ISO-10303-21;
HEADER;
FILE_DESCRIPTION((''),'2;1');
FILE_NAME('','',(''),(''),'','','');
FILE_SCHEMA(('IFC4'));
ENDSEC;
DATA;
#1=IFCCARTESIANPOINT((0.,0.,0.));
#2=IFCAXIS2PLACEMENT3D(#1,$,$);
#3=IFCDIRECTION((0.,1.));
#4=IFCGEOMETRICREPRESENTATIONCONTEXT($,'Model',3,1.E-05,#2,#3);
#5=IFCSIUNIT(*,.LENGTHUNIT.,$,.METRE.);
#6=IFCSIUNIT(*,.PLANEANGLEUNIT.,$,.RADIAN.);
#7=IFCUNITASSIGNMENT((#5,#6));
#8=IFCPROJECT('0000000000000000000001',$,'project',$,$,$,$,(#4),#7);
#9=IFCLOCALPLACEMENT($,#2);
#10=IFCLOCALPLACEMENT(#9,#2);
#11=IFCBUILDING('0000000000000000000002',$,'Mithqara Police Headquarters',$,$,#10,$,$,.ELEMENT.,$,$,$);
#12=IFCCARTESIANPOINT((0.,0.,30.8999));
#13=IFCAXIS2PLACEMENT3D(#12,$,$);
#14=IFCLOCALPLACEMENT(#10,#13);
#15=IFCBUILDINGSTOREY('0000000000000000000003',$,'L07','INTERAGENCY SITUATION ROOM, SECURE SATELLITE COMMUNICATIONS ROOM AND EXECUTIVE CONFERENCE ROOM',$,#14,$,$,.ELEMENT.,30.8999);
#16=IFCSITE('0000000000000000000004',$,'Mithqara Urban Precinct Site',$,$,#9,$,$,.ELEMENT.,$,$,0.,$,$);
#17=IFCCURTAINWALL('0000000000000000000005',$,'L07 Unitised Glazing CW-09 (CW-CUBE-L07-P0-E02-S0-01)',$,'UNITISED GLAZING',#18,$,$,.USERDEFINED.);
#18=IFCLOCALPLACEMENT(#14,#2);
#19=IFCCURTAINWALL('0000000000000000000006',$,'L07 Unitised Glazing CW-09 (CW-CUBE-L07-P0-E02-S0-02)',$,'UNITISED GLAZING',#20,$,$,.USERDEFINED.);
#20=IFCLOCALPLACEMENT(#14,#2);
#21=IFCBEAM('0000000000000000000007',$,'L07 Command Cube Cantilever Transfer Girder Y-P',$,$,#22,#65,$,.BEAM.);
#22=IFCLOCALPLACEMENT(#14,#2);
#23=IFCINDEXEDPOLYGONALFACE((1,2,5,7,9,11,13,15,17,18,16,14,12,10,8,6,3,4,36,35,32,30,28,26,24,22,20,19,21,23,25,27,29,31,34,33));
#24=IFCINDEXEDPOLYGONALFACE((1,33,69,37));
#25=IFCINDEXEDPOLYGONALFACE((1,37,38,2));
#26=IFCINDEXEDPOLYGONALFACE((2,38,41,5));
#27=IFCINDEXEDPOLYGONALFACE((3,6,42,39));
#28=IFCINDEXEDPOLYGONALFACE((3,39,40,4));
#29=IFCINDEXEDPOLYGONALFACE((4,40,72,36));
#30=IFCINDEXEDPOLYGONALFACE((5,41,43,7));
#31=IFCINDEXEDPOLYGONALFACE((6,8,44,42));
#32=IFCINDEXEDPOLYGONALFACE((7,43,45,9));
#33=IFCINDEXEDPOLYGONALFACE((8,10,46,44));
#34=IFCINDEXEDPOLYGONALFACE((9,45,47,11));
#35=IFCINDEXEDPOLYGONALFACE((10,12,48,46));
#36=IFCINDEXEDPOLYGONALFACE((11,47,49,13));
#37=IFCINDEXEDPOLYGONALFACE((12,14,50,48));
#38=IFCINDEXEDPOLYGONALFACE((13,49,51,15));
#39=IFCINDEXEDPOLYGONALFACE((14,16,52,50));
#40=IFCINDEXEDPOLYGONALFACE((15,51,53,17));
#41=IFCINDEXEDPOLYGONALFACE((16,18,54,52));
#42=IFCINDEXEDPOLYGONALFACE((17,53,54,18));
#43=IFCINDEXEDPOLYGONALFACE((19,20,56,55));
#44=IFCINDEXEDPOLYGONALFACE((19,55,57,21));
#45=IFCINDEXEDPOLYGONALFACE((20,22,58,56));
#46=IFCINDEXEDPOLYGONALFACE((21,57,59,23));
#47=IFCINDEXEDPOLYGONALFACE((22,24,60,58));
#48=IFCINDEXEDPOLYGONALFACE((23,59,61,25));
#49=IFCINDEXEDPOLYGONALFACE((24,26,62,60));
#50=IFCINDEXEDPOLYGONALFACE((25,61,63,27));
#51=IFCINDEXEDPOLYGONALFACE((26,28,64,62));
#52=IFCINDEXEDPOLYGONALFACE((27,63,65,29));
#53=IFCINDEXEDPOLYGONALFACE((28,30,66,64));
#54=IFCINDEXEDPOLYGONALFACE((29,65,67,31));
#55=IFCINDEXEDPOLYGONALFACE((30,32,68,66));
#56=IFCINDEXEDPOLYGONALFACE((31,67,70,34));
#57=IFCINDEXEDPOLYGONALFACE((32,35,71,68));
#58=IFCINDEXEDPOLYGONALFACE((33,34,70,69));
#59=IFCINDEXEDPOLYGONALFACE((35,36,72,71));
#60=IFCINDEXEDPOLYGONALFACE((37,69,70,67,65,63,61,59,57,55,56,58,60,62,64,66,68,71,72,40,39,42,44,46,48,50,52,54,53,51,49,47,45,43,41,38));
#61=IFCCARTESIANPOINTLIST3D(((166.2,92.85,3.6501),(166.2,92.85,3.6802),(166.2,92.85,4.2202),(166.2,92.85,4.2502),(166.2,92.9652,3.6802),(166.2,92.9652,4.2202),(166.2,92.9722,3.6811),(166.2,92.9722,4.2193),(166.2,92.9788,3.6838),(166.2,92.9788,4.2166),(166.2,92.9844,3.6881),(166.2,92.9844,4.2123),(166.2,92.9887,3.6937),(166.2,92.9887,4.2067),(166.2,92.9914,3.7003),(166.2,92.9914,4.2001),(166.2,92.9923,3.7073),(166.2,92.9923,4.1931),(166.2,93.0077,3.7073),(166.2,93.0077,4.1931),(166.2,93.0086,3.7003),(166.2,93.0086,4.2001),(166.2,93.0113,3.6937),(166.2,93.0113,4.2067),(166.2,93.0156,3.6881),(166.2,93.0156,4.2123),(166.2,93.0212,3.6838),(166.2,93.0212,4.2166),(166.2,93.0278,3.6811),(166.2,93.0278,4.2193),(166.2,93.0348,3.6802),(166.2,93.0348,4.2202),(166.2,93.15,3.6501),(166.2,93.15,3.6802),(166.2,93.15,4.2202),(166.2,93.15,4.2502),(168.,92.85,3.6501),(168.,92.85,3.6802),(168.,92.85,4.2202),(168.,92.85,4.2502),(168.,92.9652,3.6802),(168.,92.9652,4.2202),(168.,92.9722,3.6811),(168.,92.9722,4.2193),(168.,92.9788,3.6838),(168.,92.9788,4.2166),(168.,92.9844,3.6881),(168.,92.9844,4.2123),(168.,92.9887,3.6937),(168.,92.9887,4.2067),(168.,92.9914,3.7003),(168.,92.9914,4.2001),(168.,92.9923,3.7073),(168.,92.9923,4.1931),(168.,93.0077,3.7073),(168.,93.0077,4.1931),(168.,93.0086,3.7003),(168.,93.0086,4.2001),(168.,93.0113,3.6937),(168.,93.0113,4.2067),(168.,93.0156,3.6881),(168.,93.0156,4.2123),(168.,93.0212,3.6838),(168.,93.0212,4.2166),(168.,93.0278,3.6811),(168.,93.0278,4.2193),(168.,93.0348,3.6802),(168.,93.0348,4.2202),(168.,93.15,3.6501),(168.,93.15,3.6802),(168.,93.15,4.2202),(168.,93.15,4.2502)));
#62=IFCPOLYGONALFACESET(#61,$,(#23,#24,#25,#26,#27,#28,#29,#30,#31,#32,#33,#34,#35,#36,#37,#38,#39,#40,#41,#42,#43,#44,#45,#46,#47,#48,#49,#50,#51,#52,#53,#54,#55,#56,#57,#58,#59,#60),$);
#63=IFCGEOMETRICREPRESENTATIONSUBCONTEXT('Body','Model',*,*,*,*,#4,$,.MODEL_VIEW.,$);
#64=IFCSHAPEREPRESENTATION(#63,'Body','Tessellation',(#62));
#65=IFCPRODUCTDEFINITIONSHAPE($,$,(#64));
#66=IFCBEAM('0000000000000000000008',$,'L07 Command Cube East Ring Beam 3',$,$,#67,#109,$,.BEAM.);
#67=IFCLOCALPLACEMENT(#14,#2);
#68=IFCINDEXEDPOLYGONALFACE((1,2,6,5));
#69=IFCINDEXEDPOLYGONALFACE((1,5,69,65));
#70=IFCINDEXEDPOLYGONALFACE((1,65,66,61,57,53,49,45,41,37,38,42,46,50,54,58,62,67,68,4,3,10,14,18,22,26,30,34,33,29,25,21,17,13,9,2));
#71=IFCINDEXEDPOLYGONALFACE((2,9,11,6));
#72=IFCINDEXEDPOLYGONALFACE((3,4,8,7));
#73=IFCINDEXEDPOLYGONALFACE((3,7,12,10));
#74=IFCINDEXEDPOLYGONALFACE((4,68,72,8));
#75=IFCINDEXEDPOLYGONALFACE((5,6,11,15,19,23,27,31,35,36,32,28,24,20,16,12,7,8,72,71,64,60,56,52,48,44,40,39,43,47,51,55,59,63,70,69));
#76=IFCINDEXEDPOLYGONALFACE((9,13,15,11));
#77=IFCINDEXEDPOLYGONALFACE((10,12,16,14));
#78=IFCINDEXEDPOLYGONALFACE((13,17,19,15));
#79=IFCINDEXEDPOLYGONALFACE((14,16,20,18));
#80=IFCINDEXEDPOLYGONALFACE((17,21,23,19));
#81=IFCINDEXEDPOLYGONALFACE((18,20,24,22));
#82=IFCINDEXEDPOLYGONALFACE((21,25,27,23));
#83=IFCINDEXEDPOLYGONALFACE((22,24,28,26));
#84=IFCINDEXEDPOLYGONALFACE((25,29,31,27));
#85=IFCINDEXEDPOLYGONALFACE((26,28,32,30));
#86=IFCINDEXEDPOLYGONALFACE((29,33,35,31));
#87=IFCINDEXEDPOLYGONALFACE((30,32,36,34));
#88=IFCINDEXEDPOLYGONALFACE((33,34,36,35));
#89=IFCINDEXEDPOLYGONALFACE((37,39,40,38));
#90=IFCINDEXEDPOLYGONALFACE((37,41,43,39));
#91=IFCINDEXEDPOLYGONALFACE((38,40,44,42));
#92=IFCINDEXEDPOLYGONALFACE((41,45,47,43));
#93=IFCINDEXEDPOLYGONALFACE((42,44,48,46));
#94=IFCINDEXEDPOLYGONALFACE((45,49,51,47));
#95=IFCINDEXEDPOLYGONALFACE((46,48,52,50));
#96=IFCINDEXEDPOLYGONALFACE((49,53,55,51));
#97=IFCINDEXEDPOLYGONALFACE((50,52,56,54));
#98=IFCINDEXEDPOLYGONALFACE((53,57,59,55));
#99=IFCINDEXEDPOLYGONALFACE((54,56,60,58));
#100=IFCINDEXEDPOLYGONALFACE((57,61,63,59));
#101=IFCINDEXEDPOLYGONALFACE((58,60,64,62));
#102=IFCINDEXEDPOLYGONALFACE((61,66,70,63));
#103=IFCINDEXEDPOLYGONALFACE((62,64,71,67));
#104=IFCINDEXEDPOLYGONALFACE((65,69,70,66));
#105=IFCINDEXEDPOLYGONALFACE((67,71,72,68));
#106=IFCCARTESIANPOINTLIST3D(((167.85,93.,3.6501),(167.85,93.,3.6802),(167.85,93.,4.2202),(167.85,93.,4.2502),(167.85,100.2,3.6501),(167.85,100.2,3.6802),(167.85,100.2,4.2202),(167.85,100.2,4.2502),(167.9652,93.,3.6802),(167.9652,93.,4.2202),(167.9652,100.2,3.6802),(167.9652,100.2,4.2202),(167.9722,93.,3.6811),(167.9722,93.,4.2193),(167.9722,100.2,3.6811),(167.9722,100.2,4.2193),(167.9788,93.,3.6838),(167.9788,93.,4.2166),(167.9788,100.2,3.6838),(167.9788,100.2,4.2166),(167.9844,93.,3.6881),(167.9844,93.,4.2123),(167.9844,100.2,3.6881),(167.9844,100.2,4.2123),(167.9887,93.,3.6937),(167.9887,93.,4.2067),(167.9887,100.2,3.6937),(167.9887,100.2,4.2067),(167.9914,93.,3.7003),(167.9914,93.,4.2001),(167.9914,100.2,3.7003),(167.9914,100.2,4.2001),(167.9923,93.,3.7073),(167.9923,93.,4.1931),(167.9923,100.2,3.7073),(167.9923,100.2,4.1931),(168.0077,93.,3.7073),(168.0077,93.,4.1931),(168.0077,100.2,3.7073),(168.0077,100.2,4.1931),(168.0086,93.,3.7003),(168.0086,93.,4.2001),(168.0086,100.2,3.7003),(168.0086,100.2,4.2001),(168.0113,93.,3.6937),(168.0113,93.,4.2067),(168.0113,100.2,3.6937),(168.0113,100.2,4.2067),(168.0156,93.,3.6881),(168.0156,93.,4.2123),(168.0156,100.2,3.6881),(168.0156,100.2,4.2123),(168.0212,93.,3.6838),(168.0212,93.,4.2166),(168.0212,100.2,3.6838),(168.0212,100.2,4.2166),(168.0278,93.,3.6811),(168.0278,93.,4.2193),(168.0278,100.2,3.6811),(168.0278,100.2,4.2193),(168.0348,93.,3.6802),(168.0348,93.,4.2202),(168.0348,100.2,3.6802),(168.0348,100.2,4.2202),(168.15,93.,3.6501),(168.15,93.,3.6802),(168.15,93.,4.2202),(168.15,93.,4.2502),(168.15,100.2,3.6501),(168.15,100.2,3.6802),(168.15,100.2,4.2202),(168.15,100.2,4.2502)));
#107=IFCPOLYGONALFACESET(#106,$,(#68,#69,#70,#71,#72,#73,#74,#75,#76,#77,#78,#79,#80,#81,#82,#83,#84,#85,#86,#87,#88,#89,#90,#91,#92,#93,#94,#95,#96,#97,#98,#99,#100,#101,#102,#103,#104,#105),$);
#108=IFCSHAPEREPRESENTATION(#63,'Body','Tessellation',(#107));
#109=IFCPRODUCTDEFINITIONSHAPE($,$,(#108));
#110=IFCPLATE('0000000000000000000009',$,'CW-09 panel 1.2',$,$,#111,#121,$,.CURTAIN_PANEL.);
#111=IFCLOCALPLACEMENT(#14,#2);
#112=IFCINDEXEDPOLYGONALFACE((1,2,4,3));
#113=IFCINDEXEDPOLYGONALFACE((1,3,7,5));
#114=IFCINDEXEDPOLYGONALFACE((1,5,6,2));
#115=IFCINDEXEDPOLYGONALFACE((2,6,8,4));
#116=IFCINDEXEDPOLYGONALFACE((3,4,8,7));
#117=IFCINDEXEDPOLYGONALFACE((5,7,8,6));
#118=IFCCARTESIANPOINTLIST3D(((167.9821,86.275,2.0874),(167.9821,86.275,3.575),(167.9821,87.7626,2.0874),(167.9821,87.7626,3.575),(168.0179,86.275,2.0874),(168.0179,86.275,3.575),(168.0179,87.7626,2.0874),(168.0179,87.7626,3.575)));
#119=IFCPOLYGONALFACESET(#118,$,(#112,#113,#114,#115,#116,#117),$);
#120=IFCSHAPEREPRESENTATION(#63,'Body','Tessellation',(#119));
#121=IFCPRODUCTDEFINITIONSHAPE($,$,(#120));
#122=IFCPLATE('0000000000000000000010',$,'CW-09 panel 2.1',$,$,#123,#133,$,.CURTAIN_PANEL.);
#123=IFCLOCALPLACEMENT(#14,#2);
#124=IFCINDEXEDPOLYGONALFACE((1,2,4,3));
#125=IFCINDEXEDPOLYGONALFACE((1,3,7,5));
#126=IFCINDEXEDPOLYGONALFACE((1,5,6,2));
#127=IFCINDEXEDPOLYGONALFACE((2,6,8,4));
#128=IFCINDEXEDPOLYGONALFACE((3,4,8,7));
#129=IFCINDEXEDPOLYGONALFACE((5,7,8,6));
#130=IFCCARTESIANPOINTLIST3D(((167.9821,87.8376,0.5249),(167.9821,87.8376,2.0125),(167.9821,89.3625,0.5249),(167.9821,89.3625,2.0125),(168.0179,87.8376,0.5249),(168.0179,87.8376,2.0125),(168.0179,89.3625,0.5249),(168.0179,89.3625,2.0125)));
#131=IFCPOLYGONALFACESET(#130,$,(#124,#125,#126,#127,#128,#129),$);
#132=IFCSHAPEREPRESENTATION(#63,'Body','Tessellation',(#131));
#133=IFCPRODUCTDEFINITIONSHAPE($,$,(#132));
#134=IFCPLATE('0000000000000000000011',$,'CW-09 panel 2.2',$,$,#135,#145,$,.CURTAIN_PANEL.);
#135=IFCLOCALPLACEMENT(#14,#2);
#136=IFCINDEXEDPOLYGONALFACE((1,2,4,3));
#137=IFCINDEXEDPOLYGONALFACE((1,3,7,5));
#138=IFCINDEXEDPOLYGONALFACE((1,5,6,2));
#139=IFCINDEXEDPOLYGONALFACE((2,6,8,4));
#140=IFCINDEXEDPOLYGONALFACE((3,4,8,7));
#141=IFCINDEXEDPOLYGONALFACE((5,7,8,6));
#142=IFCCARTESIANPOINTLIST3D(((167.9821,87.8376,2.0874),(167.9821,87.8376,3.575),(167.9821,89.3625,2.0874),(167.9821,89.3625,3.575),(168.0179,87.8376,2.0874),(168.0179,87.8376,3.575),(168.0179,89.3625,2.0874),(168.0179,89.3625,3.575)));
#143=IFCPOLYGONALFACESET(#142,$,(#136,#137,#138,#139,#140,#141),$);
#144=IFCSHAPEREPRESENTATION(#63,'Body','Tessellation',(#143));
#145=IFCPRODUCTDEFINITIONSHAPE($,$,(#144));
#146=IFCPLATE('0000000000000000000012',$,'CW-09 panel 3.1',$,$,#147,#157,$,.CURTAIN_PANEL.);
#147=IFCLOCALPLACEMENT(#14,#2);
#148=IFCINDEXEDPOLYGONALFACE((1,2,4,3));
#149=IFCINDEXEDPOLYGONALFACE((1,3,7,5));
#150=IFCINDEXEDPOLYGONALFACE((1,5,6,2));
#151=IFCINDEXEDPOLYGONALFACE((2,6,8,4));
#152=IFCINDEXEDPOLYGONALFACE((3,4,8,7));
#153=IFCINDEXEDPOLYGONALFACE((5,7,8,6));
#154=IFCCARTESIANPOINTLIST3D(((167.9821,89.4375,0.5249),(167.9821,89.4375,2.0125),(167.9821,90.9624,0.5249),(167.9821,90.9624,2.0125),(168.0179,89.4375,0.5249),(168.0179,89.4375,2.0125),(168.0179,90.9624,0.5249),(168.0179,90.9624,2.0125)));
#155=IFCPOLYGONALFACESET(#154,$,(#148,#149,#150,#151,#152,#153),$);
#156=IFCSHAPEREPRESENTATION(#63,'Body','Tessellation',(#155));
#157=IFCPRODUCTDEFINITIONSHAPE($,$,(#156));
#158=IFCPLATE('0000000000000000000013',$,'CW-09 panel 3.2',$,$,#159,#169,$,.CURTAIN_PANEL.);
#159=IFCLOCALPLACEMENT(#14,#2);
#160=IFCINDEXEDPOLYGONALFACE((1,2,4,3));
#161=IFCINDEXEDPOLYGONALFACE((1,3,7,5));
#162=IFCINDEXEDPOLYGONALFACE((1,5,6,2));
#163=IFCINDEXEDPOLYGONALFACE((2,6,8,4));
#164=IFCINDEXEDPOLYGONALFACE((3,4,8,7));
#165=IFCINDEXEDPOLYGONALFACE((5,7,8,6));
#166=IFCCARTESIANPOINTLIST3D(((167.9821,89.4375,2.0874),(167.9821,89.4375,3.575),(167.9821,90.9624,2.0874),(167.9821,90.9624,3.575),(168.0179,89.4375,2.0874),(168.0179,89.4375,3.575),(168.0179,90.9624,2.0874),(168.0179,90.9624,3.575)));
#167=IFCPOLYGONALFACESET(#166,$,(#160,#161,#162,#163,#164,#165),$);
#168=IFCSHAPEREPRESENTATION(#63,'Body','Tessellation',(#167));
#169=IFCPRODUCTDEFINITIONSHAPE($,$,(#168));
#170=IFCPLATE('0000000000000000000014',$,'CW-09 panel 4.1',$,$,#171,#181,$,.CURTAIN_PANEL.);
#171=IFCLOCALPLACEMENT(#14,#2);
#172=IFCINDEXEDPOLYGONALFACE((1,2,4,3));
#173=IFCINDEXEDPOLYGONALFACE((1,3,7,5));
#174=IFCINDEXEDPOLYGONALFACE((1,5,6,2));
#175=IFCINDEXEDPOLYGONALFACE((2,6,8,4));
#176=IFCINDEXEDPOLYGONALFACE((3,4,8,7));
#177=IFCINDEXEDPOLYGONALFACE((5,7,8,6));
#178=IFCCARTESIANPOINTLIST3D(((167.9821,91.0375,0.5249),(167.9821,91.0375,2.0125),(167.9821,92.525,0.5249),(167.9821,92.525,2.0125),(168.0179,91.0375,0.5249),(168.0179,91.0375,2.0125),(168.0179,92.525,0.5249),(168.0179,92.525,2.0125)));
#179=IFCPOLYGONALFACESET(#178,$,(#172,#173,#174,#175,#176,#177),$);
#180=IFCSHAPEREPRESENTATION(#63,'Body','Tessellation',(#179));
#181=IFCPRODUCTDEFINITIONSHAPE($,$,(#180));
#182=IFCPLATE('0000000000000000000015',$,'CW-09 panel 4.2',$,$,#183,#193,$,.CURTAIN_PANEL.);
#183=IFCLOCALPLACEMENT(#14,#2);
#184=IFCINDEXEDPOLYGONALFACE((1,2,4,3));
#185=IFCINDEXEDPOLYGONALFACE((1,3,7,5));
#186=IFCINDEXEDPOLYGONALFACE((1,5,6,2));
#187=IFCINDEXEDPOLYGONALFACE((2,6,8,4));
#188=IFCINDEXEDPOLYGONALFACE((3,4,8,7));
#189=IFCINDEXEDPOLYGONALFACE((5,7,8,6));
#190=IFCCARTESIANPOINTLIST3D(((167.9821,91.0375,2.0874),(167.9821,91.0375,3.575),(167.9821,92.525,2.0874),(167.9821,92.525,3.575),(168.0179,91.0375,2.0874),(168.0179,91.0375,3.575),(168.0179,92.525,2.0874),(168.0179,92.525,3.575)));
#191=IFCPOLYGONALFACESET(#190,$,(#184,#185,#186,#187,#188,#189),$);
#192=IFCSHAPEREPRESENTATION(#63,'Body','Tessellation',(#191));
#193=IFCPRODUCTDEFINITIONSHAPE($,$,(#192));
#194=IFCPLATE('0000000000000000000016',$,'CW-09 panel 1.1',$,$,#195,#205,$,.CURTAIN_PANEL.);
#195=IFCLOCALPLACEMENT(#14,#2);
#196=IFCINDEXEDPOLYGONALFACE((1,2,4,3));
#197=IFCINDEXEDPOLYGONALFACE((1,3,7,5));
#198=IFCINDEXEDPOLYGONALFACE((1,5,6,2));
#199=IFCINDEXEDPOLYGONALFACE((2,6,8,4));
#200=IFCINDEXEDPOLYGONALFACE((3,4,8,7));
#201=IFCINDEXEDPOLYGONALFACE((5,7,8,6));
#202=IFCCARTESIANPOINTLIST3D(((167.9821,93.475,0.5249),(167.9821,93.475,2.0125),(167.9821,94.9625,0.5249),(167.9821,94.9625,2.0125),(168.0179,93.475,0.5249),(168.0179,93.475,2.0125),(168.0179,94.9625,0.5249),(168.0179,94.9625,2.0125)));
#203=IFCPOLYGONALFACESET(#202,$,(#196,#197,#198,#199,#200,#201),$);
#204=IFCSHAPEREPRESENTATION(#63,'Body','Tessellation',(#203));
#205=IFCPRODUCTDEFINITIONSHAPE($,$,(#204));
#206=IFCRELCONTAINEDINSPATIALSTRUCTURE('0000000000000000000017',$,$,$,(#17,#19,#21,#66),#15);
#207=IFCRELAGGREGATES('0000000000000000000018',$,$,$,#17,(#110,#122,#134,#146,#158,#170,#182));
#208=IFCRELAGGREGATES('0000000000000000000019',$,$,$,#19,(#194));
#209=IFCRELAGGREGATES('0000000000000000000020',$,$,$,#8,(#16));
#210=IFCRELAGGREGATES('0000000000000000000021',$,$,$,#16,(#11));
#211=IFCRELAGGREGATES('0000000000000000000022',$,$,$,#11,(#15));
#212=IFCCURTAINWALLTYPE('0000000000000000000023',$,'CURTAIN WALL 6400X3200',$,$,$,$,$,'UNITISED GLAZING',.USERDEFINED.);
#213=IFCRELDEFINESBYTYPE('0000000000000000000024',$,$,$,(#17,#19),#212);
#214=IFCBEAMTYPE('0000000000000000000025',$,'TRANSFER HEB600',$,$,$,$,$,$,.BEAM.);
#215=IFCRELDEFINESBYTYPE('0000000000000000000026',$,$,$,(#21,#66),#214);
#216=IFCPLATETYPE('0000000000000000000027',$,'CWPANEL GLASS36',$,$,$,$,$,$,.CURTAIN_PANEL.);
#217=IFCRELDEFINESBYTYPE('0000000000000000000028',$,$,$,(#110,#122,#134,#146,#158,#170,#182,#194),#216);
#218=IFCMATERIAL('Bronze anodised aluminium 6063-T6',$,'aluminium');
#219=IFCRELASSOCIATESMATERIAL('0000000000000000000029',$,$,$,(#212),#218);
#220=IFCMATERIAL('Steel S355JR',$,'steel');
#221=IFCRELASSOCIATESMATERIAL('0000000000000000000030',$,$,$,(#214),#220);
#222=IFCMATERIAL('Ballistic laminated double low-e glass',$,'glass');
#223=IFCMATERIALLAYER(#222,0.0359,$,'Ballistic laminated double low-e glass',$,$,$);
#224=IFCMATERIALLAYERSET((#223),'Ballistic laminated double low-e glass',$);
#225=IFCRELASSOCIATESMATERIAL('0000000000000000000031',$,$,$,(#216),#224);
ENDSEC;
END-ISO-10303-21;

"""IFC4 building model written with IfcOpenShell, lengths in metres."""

from ifc_helpers import new_model, si_unit, direction, frame, origin, origin_2d, place, context, subcontext, project, spatial, rectangle, i_section, extrude, material, layer, layer_set, material_profile, profile_set, type_object, element, aggregate, save


model = new_model("IFC4")

# Units and contexts
model_context = context("Model", 3, precision=1e-05, world=origin(), true_north=direction((0.0, 1.0)))
body_context = subcontext(model_context, "Body", "Model", "MODEL_VIEW")
ifc_project = project(units=[si_unit("LENGTHUNIT", "METRE"), si_unit("PLANEANGLEUNIT", "RADIAN")], contexts=[model_context])

# Site, building, storey
site_placement = place(None, origin())
site = spatial("IfcSite", under=ifc_project, at=site_placement, Name="Mithqara Urban Precinct Site", CompositionType="ELEMENT", RefElevation=0.0)
building_placement = place(site_placement, origin())
building = spatial("IfcBuilding", under=site, at=building_placement, Name="Mithqara Police Headquarters", CompositionType="ELEMENT")
storey_placement = place(building_placement, frame((0.0, 0.0, 30.8999)))
storey = spatial("IfcBuildingStorey", under=building, at=storey_placement, Name="L07", Description="INTERAGENCY SITUATION ROOM, SECURE SATELLITE COMMUNICATIONS ROOM AND EXECUTIVE CONFERENCE ROOM", CompositionType="ELEMENT", Elevation=30.8999)

# Shared definitions
ifc_material_1 = material(Name="Steel S355JR", Category="steel")

# Curtain walls
ifc_material_2 = material(Name="Bronze anodised aluminium 6063-T6", Category="aluminium")
curtain_wall_type = type_object("IfcCurtainWallType", Name="CURTAIN WALL 6400X3200", ElementType="UNITISED GLAZING", PredefinedType="USERDEFINED", material=ifc_material_2)
curtain_wall_1_placement = place(storey_placement, origin())
curtain_wall_1 = element("IfcCurtainWall", 1, at=curtain_wall_1_placement, inside=storey, type_object=curtain_wall_type, Name="L07 Unitised Glazing CW-09 (CW-CUBE-L07-P0-E02-S0-01)", ObjectType="UNITISED GLAZING", PredefinedType="USERDEFINED")
curtain_wall_2_placement = place(storey_placement, origin())
curtain_wall_2 = element("IfcCurtainWall", 2, at=curtain_wall_2_placement, inside=storey, type_object=curtain_wall_type, Name="L07 Unitised Glazing CW-09 (CW-CUBE-L07-P0-E02-S0-02)", ObjectType="UNITISED GLAZING", PredefinedType="USERDEFINED")

# Beams
ifc_material_profile_1 = material_profile(ifc_material_1, i_section(OverallWidth=0.3, OverallDepth=0.6001, WebThickness=0.0154, FlangeThickness=0.03, FilletRadius=0.0271, at=origin_2d()), Name="HEB 600")
ifc_profile_set_1 = profile_set([ifc_material_profile_1], Name="Steel S355JR")
beam_type = type_object("IfcBeamType", Name="TRANSFER HEB600", PredefinedType="BEAM", material=ifc_profile_set_1)
beam_1_placement = place(storey_placement, frame((166.2, 93.0, 3.9502), z_axis=(1.0, 0.0, 0.0), x_axis=(0.0, 1.0, 0.0)))
element("IfcBeam", 3, at=beam_1_placement, inside=storey, type_object=beam_type, Name="L07 Command Cube Cantilever Transfer Girder Y-P", PredefinedType="BEAM", context=body_context, shape_type="SweptSolid", body=[
    extrude(i_section(OverallWidth=0.3, OverallDepth=0.6001, WebThickness=0.0154, FlangeThickness=0.03, FilletRadius=0.0271, at=origin_2d()), origin(), (0.0, 0.0, 1.0), 1.8),
])
beam_2_placement = place(storey_placement, frame((168.0, 93.0, 3.9502), z_axis=(0.0, 1.0, 0.0), x_axis=(-1.0, 0.0, 0.0)))
element("IfcBeam", 4, at=beam_2_placement, inside=storey, type_object=beam_type, Name="L07 Command Cube East Ring Beam 3", PredefinedType="BEAM", context=body_context, shape_type="SweptSolid", body=[
    extrude(i_section(OverallWidth=0.3, OverallDepth=0.6001, WebThickness=0.0154, FlangeThickness=0.03, FilletRadius=0.0271, at=origin_2d()), origin(), (0.0, 0.0, 1.0), 7.2),
])

# Plates
ifc_material_3 = material(Name="Ballistic laminated double low-e glass", Category="glass")
ifc_layer = layer(ifc_material_3, 0.0359, Name="Ballistic laminated double low-e glass")
ifc_layer_set = layer_set([ifc_layer], Name="Ballistic laminated double low-e glass")
plate_type = type_object("IfcPlateType", Name="CWPANEL GLASS36", PredefinedType="CURTAIN_PANEL", material=ifc_layer_set)
plate_1_placement = place(storey_placement, frame((168.0, 87.0188, 2.0874), z_axis=(0.0, 0.0, 1.0), x_axis=(0.0, 1.0, 0.0)))
plate_1 = element("IfcPlate", 5, at=plate_1_placement, type_object=plate_type, Name="CW-09 panel 1.2", PredefinedType="CURTAIN_PANEL", context=body_context, shape_type="SweptSolid", body=[
    extrude(rectangle(XDim=1.4875, YDim=0.0359, at=origin_2d()), origin(), (0.0, 0.0, 1.0), 1.4875),
])
plate_2_placement = place(storey_placement, frame((168.0, 88.6001, 0.5249), z_axis=(0.0, 0.0, 1.0), x_axis=(0.0, 1.0, 0.0)))
plate_2 = element("IfcPlate", 6, at=plate_2_placement, type_object=plate_type, Name="CW-09 panel 2.1", PredefinedType="CURTAIN_PANEL", context=body_context, shape_type="SweptSolid", body=[
    extrude(rectangle(XDim=1.5249, YDim=0.0359, at=origin_2d()), origin(), (0.0, 0.0, 1.0), 1.4875),
])
plate_3_placement = place(storey_placement, frame((168.0, 88.6001, 2.0874), z_axis=(0.0, 0.0, 1.0), x_axis=(0.0, 1.0, 0.0)))
plate_3 = element("IfcPlate", 7, at=plate_3_placement, type_object=plate_type, Name="CW-09 panel 2.2", PredefinedType="CURTAIN_PANEL", context=body_context, shape_type="SweptSolid", body=[
    extrude(rectangle(XDim=1.5249, YDim=0.0359, at=origin_2d()), origin(), (0.0, 0.0, 1.0), 1.4875),
])
plate_4_placement = place(storey_placement, frame((168.0, 90.2, 0.5249), z_axis=(0.0, 0.0, 1.0), x_axis=(0.0, 1.0, 0.0)))
plate_4 = element("IfcPlate", 8, at=plate_4_placement, type_object=plate_type, Name="CW-09 panel 3.1", PredefinedType="CURTAIN_PANEL", context=body_context, shape_type="SweptSolid", body=[
    extrude(rectangle(XDim=1.5249, YDim=0.0359, at=origin_2d()), origin(), (0.0, 0.0, 1.0), 1.4875),
])
plate_5_placement = place(storey_placement, frame((168.0, 90.2, 2.0874), z_axis=(0.0, 0.0, 1.0), x_axis=(0.0, 1.0, 0.0)))
plate_5 = element("IfcPlate", 9, at=plate_5_placement, type_object=plate_type, Name="CW-09 panel 3.2", PredefinedType="CURTAIN_PANEL", context=body_context, shape_type="SweptSolid", body=[
    extrude(rectangle(XDim=1.5249, YDim=0.0359, at=origin_2d()), origin(), (0.0, 0.0, 1.0), 1.4875),
])
plate_6_placement = place(storey_placement, frame((168.0, 91.7812, 0.5249), z_axis=(0.0, 0.0, 1.0), x_axis=(0.0, 1.0, 0.0)))
plate_6 = element("IfcPlate", 10, at=plate_6_placement, type_object=plate_type, Name="CW-09 panel 4.1", PredefinedType="CURTAIN_PANEL", context=body_context, shape_type="SweptSolid", body=[
    extrude(rectangle(XDim=1.4875, YDim=0.0359, at=origin_2d()), origin(), (0.0, 0.0, 1.0), 1.4875),
])
plate_7_placement = place(storey_placement, frame((168.0, 91.7812, 2.0874), z_axis=(0.0, 0.0, 1.0), x_axis=(0.0, 1.0, 0.0)))
plate_7 = element("IfcPlate", 11, at=plate_7_placement, type_object=plate_type, Name="CW-09 panel 4.2", PredefinedType="CURTAIN_PANEL", context=body_context, shape_type="SweptSolid", body=[
    extrude(rectangle(XDim=1.4875, YDim=0.0359, at=origin_2d()), origin(), (0.0, 0.0, 1.0), 1.4875),
])
aggregate(curtain_wall_1, [plate_1, plate_2, plate_3, plate_4, plate_5, plate_6, plate_7])
plate_8_placement = place(storey_placement, frame((168.0, 94.2188, 0.5249), z_axis=(0.0, 0.0, 1.0), x_axis=(0.0, 1.0, 0.0)))
plate_8 = element("IfcPlate", 12, at=plate_8_placement, type_object=plate_type, Name="CW-09 panel 1.1", PredefinedType="CURTAIN_PANEL", context=body_context, shape_type="SweptSolid", body=[
    extrude(rectangle(XDim=1.4875, YDim=0.0359, at=origin_2d()), origin(), (0.0, 0.0, 1.0), 1.4875),
])
aggregate(curtain_wall_2, [plate_8])

save(model, "model.ifc")
